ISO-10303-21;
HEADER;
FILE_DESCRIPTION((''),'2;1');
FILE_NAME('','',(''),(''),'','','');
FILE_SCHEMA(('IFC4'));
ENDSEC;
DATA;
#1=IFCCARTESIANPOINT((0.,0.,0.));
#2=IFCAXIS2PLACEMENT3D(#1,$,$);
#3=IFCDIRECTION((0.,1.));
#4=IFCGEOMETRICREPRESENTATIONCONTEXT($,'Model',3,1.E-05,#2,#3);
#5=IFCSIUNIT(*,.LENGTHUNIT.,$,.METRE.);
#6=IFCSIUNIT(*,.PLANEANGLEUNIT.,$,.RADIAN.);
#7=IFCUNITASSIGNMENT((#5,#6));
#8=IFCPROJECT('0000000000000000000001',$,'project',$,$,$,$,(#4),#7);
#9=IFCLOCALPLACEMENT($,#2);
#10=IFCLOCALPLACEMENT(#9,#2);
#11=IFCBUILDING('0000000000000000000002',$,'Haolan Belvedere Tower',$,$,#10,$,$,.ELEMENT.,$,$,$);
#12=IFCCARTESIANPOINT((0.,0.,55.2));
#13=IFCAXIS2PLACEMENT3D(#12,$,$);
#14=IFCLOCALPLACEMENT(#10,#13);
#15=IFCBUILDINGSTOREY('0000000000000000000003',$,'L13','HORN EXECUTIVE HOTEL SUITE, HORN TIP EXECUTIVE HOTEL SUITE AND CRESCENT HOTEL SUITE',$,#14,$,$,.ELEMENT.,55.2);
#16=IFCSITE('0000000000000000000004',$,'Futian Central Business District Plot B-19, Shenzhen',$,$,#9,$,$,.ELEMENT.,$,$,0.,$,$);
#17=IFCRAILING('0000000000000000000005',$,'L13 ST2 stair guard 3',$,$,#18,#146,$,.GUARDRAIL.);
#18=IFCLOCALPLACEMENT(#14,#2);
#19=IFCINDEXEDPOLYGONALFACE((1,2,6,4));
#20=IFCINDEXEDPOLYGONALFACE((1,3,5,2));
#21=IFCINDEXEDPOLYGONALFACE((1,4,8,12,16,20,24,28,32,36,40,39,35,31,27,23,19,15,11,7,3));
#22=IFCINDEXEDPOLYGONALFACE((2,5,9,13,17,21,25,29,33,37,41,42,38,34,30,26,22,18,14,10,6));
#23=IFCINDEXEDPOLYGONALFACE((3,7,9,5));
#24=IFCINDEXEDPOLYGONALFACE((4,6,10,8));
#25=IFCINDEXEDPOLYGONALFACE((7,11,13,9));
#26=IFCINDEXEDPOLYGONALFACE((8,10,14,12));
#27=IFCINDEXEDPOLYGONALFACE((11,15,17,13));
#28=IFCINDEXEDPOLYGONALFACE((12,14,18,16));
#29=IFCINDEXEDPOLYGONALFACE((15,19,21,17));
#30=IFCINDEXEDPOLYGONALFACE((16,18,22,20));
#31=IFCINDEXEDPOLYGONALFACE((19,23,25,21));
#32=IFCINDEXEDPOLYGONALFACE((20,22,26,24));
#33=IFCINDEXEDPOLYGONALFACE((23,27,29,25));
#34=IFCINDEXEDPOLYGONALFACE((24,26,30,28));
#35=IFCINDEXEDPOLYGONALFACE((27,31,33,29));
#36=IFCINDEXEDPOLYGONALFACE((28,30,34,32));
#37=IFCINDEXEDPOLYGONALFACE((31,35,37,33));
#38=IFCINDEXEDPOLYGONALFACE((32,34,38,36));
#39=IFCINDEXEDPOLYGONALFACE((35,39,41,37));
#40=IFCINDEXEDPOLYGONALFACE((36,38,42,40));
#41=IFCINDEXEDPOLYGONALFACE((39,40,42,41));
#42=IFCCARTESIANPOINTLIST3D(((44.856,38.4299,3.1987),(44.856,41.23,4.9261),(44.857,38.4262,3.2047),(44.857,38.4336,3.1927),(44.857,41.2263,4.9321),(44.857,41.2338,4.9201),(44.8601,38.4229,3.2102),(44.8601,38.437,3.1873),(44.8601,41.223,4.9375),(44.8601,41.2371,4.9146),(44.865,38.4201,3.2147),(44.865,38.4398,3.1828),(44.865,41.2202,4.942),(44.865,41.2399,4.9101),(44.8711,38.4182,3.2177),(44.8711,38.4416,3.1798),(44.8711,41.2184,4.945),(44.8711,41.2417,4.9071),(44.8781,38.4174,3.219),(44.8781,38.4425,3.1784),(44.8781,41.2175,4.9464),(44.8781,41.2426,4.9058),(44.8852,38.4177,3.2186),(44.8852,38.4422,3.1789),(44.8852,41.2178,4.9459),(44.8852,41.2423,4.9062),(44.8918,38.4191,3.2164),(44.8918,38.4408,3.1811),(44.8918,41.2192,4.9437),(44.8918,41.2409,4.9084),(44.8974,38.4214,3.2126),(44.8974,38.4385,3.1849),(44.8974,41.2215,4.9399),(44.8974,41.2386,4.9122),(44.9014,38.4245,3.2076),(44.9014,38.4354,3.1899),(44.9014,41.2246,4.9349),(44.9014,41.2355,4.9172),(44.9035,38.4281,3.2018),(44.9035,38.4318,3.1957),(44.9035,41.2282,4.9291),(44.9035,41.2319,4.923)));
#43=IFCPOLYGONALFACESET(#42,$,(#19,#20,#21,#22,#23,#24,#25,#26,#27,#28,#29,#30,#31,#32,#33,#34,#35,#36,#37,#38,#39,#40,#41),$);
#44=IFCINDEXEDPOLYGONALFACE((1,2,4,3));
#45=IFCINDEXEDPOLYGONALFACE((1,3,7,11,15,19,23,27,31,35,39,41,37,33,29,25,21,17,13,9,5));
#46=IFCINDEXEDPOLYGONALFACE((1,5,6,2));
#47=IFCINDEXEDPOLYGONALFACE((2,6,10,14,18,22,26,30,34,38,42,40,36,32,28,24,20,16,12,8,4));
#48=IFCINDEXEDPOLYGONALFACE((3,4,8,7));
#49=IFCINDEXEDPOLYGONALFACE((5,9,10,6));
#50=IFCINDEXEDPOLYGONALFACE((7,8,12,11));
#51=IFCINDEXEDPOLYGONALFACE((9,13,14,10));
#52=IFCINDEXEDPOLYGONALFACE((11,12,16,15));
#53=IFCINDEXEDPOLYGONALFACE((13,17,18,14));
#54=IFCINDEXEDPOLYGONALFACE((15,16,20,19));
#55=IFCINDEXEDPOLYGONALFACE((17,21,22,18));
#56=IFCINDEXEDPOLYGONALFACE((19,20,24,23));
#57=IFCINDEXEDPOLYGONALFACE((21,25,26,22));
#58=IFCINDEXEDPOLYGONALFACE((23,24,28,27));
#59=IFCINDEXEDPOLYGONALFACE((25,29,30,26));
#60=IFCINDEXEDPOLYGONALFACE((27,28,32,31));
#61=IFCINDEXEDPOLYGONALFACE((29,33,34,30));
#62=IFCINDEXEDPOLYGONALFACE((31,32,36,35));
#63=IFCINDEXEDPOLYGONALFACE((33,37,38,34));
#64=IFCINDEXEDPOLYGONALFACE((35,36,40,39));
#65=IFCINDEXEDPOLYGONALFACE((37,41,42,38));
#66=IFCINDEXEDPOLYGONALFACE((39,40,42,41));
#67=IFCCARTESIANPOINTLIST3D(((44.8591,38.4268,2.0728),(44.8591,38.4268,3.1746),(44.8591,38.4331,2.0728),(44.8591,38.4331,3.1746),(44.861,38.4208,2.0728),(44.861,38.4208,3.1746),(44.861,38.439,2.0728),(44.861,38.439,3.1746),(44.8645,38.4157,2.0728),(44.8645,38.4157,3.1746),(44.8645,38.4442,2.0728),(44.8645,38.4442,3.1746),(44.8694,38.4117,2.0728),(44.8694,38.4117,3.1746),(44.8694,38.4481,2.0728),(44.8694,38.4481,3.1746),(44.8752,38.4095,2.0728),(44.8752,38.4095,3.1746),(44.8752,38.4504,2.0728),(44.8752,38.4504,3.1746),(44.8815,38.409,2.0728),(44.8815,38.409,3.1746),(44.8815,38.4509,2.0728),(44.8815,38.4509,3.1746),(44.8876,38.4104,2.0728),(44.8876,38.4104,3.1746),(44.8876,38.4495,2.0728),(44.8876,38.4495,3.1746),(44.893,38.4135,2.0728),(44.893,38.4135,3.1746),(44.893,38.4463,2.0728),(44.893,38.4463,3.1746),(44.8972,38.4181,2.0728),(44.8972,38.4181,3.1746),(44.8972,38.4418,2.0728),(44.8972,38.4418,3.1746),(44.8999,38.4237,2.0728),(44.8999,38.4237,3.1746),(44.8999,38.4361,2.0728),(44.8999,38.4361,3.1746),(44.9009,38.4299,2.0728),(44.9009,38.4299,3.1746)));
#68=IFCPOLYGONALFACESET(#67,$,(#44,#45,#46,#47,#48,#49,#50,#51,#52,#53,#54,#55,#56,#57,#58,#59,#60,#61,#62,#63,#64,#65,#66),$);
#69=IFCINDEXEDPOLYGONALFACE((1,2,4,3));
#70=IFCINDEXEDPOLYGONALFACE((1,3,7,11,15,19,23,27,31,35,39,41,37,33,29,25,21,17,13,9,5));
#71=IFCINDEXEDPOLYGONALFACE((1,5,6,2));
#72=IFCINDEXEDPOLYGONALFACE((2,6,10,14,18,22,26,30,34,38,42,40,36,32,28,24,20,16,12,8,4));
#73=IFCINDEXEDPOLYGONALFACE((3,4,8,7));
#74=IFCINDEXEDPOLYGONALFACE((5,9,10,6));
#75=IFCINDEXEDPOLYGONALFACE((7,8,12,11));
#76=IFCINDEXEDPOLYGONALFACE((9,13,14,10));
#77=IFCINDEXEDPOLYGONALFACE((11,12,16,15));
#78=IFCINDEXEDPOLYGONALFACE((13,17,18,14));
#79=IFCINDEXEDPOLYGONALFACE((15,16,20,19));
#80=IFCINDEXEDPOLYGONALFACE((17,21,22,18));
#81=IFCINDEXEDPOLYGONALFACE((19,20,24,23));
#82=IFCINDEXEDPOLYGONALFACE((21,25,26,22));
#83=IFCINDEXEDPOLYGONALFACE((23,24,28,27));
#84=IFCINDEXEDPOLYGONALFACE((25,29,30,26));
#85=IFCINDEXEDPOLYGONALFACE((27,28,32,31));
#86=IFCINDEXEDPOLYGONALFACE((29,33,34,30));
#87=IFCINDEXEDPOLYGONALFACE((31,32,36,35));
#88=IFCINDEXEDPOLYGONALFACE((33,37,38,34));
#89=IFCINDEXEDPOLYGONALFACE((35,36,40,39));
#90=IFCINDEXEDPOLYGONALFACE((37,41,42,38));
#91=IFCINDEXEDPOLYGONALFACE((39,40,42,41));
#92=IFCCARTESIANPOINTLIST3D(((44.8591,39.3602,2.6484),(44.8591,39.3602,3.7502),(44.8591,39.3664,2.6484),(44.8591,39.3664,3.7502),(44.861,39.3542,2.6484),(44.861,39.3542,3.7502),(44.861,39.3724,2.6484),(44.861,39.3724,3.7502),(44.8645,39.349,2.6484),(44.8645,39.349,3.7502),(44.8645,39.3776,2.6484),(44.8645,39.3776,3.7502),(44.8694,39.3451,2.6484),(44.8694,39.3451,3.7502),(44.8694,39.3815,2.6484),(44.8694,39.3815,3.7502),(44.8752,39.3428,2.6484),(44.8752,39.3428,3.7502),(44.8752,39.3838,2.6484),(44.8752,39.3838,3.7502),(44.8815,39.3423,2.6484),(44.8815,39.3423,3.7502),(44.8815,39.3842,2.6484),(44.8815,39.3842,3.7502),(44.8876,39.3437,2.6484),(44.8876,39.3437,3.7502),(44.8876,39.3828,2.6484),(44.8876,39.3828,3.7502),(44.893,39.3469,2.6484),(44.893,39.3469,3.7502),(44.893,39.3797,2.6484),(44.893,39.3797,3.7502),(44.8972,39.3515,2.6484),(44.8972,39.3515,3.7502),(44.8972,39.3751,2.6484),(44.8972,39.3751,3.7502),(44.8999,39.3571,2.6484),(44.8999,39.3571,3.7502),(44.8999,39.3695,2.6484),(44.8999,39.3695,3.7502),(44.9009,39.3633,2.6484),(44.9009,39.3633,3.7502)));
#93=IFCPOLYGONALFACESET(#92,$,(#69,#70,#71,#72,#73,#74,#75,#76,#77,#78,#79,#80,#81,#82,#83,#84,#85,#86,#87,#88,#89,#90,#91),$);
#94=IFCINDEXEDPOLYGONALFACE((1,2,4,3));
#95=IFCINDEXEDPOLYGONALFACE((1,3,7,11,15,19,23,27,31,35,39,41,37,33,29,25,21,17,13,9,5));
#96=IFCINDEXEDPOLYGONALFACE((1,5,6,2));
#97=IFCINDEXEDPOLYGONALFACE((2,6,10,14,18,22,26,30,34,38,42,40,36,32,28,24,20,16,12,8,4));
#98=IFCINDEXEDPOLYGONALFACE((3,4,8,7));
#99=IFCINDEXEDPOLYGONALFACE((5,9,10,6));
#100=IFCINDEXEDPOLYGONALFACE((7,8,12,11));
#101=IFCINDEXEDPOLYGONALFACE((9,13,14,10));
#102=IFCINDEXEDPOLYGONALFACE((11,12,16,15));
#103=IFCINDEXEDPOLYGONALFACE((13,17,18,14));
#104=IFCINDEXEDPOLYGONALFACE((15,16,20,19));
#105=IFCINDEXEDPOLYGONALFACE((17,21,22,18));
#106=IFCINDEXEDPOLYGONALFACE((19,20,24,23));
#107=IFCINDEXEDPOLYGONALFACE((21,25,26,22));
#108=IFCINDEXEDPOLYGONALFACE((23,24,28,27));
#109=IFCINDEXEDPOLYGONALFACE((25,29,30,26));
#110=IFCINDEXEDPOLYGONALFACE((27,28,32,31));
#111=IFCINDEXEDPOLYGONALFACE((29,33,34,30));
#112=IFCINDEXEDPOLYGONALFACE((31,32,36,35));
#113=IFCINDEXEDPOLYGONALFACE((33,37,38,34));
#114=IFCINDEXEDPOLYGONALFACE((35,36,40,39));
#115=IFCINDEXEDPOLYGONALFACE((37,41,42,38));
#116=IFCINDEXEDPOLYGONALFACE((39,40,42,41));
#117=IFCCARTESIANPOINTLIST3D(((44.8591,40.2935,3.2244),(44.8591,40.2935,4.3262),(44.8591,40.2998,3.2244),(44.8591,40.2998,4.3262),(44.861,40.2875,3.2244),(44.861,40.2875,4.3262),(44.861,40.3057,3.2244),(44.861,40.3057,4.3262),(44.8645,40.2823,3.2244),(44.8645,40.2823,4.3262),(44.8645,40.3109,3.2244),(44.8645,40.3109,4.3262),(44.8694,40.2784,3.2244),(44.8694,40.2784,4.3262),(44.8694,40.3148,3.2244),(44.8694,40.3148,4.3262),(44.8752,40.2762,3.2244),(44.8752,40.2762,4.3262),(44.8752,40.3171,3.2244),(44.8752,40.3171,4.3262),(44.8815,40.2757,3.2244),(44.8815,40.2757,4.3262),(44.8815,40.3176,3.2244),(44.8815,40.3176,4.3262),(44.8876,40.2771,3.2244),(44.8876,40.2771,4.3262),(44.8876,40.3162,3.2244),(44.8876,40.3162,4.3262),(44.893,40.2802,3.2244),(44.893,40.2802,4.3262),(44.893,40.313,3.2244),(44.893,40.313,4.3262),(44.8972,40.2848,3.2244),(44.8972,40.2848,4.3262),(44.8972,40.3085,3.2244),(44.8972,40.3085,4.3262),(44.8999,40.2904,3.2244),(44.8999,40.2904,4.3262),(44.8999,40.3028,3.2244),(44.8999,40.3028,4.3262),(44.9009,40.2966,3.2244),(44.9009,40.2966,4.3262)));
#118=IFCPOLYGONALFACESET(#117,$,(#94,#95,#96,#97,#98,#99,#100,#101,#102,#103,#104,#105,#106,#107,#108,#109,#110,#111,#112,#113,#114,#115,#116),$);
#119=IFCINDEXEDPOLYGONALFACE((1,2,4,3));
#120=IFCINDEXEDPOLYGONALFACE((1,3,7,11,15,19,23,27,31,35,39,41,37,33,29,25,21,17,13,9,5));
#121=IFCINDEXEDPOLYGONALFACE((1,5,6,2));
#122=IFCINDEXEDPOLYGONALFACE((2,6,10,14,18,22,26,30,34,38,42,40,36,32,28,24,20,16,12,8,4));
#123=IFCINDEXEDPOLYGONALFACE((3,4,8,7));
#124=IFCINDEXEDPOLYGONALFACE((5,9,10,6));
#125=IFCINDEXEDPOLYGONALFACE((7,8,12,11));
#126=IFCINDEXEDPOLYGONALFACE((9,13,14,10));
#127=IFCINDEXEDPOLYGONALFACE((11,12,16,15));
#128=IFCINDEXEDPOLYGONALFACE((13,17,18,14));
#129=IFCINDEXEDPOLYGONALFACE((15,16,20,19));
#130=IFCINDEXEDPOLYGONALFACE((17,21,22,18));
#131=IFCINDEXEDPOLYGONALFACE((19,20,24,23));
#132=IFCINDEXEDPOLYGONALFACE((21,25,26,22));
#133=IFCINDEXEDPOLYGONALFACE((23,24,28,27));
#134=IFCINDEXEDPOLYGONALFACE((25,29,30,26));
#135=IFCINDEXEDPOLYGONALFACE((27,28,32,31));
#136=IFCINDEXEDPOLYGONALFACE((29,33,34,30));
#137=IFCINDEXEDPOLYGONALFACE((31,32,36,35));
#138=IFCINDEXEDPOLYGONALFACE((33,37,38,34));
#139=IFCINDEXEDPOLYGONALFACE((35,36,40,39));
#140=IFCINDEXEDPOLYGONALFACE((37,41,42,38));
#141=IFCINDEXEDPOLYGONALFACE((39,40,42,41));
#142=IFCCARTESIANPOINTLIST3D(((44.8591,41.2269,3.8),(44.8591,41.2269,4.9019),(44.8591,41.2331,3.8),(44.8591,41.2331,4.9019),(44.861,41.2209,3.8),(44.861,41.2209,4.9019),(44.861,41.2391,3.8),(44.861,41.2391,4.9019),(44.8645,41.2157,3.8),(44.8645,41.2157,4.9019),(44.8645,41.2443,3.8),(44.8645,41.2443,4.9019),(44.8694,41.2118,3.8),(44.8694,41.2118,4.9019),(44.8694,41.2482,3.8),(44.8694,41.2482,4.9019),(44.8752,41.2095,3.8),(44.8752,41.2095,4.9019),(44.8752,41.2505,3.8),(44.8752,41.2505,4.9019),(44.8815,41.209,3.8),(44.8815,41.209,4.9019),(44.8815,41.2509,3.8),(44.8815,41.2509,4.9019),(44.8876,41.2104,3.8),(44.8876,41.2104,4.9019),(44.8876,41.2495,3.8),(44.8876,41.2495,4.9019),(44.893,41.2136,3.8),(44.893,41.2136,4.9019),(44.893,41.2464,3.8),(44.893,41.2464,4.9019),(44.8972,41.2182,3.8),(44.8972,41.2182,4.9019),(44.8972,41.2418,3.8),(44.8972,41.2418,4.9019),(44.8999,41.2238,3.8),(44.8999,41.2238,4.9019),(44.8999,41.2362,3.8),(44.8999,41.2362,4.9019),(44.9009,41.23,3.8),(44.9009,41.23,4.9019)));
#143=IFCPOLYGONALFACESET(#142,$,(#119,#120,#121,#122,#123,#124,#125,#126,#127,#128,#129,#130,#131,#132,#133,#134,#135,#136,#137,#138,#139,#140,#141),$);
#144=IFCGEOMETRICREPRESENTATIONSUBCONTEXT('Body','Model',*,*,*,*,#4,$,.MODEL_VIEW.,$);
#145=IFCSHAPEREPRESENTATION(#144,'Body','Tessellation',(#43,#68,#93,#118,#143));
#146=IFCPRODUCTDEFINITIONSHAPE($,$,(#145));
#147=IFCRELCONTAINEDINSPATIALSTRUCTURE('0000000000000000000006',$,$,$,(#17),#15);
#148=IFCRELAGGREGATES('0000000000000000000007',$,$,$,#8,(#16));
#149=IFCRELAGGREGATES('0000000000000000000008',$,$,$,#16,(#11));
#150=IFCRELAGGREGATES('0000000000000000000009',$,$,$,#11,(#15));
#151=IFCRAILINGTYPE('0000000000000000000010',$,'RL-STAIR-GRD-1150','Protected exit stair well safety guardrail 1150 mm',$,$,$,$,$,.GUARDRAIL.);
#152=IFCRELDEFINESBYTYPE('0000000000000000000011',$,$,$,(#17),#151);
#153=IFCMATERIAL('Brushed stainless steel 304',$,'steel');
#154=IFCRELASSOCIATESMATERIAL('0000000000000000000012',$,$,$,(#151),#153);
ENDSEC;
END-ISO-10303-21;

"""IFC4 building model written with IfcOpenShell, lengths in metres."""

from ifc_helpers import new_model, si_unit, direction, frame, origin, origin_2d, place, context, subcontext, project, spatial, circle, extrude, material, type_object, element, save


model = new_model("IFC4")

# Units and contexts
model_context = context("Model", 3, precision=1e-05, world=origin(), true_north=direction((0.0, 1.0)))
body_context = subcontext(model_context, "Body", "Model", "MODEL_VIEW")
ifc_project = project(units=[si_unit("LENGTHUNIT", "METRE"), si_unit("PLANEANGLEUNIT", "RADIAN")], contexts=[model_context])

# Site, building, storey
site_placement = place(None, origin())
site = spatial("IfcSite", under=ifc_project, at=site_placement, Name="Futian Central Business District Plot B-19, Shenzhen", CompositionType="ELEMENT", RefElevation=0.0)
building_placement = place(site_placement, origin())
building = spatial("IfcBuilding", under=site, at=building_placement, Name="Haolan Belvedere Tower", CompositionType="ELEMENT")
storey_placement = place(building_placement, frame((0.0, 0.0, 55.2)))
storey = spatial("IfcBuildingStorey", under=building, at=storey_placement, Name="L13", Description="HORN EXECUTIVE HOTEL SUITE, HORN TIP EXECUTIVE HOTEL SUITE AND CRESCENT HOTEL SUITE", CompositionType="ELEMENT", Elevation=55.2)

# Railing
ifc_material_1 = material(Name="Brushed stainless steel 304", Category="steel")
railing_type_1 = type_object("IfcRailingType", Name="RL-STAIR-GRD-1150", Description="Protected exit stair well safety guardrail 1150 mm", PredefinedType="GUARDRAIL", material=ifc_material_1)
railing_1_placement = place(storey_placement, frame((44.8799, 38.4299, 2.0728)))
element("IfcRailing", 1, at=railing_1_placement, inside=storey, type_object=railing_type_1, Name="L13 ST2 stair guard 3", PredefinedType="GUARDRAIL", context=body_context, shape_type="SweptSolid", body=[
    extrude(circle(Radius=0.0239, at=origin_2d()), frame((0.0, 0.0, 1.126), z_axis=(0.0, 0.85109, 0.52502), x_axis=(-1.0, 0.0, 0.0)), (0.0, 0.0, 1.0), 3.29),
    extrude(circle(Radius=0.021, at=origin_2d()), origin(), (0.0, 0.0, 1.0), 1.1018),
    extrude(circle(Radius=0.021, at=origin_2d()), frame((0.0, 0.9333, 0.5757)), (0.0, 0.0, 1.0), 1.1018),
    extrude(circle(Radius=0.021, at=origin_2d()), frame((0.0, 1.8667, 1.1516)), (0.0, 0.0, 1.0), 1.1018),
    extrude(circle(Radius=0.021, at=origin_2d()), frame((0.0, 2.8, 1.7273)), (0.0, 0.0, 1.0), 1.1018),
])

save(model, "model.ifc")
